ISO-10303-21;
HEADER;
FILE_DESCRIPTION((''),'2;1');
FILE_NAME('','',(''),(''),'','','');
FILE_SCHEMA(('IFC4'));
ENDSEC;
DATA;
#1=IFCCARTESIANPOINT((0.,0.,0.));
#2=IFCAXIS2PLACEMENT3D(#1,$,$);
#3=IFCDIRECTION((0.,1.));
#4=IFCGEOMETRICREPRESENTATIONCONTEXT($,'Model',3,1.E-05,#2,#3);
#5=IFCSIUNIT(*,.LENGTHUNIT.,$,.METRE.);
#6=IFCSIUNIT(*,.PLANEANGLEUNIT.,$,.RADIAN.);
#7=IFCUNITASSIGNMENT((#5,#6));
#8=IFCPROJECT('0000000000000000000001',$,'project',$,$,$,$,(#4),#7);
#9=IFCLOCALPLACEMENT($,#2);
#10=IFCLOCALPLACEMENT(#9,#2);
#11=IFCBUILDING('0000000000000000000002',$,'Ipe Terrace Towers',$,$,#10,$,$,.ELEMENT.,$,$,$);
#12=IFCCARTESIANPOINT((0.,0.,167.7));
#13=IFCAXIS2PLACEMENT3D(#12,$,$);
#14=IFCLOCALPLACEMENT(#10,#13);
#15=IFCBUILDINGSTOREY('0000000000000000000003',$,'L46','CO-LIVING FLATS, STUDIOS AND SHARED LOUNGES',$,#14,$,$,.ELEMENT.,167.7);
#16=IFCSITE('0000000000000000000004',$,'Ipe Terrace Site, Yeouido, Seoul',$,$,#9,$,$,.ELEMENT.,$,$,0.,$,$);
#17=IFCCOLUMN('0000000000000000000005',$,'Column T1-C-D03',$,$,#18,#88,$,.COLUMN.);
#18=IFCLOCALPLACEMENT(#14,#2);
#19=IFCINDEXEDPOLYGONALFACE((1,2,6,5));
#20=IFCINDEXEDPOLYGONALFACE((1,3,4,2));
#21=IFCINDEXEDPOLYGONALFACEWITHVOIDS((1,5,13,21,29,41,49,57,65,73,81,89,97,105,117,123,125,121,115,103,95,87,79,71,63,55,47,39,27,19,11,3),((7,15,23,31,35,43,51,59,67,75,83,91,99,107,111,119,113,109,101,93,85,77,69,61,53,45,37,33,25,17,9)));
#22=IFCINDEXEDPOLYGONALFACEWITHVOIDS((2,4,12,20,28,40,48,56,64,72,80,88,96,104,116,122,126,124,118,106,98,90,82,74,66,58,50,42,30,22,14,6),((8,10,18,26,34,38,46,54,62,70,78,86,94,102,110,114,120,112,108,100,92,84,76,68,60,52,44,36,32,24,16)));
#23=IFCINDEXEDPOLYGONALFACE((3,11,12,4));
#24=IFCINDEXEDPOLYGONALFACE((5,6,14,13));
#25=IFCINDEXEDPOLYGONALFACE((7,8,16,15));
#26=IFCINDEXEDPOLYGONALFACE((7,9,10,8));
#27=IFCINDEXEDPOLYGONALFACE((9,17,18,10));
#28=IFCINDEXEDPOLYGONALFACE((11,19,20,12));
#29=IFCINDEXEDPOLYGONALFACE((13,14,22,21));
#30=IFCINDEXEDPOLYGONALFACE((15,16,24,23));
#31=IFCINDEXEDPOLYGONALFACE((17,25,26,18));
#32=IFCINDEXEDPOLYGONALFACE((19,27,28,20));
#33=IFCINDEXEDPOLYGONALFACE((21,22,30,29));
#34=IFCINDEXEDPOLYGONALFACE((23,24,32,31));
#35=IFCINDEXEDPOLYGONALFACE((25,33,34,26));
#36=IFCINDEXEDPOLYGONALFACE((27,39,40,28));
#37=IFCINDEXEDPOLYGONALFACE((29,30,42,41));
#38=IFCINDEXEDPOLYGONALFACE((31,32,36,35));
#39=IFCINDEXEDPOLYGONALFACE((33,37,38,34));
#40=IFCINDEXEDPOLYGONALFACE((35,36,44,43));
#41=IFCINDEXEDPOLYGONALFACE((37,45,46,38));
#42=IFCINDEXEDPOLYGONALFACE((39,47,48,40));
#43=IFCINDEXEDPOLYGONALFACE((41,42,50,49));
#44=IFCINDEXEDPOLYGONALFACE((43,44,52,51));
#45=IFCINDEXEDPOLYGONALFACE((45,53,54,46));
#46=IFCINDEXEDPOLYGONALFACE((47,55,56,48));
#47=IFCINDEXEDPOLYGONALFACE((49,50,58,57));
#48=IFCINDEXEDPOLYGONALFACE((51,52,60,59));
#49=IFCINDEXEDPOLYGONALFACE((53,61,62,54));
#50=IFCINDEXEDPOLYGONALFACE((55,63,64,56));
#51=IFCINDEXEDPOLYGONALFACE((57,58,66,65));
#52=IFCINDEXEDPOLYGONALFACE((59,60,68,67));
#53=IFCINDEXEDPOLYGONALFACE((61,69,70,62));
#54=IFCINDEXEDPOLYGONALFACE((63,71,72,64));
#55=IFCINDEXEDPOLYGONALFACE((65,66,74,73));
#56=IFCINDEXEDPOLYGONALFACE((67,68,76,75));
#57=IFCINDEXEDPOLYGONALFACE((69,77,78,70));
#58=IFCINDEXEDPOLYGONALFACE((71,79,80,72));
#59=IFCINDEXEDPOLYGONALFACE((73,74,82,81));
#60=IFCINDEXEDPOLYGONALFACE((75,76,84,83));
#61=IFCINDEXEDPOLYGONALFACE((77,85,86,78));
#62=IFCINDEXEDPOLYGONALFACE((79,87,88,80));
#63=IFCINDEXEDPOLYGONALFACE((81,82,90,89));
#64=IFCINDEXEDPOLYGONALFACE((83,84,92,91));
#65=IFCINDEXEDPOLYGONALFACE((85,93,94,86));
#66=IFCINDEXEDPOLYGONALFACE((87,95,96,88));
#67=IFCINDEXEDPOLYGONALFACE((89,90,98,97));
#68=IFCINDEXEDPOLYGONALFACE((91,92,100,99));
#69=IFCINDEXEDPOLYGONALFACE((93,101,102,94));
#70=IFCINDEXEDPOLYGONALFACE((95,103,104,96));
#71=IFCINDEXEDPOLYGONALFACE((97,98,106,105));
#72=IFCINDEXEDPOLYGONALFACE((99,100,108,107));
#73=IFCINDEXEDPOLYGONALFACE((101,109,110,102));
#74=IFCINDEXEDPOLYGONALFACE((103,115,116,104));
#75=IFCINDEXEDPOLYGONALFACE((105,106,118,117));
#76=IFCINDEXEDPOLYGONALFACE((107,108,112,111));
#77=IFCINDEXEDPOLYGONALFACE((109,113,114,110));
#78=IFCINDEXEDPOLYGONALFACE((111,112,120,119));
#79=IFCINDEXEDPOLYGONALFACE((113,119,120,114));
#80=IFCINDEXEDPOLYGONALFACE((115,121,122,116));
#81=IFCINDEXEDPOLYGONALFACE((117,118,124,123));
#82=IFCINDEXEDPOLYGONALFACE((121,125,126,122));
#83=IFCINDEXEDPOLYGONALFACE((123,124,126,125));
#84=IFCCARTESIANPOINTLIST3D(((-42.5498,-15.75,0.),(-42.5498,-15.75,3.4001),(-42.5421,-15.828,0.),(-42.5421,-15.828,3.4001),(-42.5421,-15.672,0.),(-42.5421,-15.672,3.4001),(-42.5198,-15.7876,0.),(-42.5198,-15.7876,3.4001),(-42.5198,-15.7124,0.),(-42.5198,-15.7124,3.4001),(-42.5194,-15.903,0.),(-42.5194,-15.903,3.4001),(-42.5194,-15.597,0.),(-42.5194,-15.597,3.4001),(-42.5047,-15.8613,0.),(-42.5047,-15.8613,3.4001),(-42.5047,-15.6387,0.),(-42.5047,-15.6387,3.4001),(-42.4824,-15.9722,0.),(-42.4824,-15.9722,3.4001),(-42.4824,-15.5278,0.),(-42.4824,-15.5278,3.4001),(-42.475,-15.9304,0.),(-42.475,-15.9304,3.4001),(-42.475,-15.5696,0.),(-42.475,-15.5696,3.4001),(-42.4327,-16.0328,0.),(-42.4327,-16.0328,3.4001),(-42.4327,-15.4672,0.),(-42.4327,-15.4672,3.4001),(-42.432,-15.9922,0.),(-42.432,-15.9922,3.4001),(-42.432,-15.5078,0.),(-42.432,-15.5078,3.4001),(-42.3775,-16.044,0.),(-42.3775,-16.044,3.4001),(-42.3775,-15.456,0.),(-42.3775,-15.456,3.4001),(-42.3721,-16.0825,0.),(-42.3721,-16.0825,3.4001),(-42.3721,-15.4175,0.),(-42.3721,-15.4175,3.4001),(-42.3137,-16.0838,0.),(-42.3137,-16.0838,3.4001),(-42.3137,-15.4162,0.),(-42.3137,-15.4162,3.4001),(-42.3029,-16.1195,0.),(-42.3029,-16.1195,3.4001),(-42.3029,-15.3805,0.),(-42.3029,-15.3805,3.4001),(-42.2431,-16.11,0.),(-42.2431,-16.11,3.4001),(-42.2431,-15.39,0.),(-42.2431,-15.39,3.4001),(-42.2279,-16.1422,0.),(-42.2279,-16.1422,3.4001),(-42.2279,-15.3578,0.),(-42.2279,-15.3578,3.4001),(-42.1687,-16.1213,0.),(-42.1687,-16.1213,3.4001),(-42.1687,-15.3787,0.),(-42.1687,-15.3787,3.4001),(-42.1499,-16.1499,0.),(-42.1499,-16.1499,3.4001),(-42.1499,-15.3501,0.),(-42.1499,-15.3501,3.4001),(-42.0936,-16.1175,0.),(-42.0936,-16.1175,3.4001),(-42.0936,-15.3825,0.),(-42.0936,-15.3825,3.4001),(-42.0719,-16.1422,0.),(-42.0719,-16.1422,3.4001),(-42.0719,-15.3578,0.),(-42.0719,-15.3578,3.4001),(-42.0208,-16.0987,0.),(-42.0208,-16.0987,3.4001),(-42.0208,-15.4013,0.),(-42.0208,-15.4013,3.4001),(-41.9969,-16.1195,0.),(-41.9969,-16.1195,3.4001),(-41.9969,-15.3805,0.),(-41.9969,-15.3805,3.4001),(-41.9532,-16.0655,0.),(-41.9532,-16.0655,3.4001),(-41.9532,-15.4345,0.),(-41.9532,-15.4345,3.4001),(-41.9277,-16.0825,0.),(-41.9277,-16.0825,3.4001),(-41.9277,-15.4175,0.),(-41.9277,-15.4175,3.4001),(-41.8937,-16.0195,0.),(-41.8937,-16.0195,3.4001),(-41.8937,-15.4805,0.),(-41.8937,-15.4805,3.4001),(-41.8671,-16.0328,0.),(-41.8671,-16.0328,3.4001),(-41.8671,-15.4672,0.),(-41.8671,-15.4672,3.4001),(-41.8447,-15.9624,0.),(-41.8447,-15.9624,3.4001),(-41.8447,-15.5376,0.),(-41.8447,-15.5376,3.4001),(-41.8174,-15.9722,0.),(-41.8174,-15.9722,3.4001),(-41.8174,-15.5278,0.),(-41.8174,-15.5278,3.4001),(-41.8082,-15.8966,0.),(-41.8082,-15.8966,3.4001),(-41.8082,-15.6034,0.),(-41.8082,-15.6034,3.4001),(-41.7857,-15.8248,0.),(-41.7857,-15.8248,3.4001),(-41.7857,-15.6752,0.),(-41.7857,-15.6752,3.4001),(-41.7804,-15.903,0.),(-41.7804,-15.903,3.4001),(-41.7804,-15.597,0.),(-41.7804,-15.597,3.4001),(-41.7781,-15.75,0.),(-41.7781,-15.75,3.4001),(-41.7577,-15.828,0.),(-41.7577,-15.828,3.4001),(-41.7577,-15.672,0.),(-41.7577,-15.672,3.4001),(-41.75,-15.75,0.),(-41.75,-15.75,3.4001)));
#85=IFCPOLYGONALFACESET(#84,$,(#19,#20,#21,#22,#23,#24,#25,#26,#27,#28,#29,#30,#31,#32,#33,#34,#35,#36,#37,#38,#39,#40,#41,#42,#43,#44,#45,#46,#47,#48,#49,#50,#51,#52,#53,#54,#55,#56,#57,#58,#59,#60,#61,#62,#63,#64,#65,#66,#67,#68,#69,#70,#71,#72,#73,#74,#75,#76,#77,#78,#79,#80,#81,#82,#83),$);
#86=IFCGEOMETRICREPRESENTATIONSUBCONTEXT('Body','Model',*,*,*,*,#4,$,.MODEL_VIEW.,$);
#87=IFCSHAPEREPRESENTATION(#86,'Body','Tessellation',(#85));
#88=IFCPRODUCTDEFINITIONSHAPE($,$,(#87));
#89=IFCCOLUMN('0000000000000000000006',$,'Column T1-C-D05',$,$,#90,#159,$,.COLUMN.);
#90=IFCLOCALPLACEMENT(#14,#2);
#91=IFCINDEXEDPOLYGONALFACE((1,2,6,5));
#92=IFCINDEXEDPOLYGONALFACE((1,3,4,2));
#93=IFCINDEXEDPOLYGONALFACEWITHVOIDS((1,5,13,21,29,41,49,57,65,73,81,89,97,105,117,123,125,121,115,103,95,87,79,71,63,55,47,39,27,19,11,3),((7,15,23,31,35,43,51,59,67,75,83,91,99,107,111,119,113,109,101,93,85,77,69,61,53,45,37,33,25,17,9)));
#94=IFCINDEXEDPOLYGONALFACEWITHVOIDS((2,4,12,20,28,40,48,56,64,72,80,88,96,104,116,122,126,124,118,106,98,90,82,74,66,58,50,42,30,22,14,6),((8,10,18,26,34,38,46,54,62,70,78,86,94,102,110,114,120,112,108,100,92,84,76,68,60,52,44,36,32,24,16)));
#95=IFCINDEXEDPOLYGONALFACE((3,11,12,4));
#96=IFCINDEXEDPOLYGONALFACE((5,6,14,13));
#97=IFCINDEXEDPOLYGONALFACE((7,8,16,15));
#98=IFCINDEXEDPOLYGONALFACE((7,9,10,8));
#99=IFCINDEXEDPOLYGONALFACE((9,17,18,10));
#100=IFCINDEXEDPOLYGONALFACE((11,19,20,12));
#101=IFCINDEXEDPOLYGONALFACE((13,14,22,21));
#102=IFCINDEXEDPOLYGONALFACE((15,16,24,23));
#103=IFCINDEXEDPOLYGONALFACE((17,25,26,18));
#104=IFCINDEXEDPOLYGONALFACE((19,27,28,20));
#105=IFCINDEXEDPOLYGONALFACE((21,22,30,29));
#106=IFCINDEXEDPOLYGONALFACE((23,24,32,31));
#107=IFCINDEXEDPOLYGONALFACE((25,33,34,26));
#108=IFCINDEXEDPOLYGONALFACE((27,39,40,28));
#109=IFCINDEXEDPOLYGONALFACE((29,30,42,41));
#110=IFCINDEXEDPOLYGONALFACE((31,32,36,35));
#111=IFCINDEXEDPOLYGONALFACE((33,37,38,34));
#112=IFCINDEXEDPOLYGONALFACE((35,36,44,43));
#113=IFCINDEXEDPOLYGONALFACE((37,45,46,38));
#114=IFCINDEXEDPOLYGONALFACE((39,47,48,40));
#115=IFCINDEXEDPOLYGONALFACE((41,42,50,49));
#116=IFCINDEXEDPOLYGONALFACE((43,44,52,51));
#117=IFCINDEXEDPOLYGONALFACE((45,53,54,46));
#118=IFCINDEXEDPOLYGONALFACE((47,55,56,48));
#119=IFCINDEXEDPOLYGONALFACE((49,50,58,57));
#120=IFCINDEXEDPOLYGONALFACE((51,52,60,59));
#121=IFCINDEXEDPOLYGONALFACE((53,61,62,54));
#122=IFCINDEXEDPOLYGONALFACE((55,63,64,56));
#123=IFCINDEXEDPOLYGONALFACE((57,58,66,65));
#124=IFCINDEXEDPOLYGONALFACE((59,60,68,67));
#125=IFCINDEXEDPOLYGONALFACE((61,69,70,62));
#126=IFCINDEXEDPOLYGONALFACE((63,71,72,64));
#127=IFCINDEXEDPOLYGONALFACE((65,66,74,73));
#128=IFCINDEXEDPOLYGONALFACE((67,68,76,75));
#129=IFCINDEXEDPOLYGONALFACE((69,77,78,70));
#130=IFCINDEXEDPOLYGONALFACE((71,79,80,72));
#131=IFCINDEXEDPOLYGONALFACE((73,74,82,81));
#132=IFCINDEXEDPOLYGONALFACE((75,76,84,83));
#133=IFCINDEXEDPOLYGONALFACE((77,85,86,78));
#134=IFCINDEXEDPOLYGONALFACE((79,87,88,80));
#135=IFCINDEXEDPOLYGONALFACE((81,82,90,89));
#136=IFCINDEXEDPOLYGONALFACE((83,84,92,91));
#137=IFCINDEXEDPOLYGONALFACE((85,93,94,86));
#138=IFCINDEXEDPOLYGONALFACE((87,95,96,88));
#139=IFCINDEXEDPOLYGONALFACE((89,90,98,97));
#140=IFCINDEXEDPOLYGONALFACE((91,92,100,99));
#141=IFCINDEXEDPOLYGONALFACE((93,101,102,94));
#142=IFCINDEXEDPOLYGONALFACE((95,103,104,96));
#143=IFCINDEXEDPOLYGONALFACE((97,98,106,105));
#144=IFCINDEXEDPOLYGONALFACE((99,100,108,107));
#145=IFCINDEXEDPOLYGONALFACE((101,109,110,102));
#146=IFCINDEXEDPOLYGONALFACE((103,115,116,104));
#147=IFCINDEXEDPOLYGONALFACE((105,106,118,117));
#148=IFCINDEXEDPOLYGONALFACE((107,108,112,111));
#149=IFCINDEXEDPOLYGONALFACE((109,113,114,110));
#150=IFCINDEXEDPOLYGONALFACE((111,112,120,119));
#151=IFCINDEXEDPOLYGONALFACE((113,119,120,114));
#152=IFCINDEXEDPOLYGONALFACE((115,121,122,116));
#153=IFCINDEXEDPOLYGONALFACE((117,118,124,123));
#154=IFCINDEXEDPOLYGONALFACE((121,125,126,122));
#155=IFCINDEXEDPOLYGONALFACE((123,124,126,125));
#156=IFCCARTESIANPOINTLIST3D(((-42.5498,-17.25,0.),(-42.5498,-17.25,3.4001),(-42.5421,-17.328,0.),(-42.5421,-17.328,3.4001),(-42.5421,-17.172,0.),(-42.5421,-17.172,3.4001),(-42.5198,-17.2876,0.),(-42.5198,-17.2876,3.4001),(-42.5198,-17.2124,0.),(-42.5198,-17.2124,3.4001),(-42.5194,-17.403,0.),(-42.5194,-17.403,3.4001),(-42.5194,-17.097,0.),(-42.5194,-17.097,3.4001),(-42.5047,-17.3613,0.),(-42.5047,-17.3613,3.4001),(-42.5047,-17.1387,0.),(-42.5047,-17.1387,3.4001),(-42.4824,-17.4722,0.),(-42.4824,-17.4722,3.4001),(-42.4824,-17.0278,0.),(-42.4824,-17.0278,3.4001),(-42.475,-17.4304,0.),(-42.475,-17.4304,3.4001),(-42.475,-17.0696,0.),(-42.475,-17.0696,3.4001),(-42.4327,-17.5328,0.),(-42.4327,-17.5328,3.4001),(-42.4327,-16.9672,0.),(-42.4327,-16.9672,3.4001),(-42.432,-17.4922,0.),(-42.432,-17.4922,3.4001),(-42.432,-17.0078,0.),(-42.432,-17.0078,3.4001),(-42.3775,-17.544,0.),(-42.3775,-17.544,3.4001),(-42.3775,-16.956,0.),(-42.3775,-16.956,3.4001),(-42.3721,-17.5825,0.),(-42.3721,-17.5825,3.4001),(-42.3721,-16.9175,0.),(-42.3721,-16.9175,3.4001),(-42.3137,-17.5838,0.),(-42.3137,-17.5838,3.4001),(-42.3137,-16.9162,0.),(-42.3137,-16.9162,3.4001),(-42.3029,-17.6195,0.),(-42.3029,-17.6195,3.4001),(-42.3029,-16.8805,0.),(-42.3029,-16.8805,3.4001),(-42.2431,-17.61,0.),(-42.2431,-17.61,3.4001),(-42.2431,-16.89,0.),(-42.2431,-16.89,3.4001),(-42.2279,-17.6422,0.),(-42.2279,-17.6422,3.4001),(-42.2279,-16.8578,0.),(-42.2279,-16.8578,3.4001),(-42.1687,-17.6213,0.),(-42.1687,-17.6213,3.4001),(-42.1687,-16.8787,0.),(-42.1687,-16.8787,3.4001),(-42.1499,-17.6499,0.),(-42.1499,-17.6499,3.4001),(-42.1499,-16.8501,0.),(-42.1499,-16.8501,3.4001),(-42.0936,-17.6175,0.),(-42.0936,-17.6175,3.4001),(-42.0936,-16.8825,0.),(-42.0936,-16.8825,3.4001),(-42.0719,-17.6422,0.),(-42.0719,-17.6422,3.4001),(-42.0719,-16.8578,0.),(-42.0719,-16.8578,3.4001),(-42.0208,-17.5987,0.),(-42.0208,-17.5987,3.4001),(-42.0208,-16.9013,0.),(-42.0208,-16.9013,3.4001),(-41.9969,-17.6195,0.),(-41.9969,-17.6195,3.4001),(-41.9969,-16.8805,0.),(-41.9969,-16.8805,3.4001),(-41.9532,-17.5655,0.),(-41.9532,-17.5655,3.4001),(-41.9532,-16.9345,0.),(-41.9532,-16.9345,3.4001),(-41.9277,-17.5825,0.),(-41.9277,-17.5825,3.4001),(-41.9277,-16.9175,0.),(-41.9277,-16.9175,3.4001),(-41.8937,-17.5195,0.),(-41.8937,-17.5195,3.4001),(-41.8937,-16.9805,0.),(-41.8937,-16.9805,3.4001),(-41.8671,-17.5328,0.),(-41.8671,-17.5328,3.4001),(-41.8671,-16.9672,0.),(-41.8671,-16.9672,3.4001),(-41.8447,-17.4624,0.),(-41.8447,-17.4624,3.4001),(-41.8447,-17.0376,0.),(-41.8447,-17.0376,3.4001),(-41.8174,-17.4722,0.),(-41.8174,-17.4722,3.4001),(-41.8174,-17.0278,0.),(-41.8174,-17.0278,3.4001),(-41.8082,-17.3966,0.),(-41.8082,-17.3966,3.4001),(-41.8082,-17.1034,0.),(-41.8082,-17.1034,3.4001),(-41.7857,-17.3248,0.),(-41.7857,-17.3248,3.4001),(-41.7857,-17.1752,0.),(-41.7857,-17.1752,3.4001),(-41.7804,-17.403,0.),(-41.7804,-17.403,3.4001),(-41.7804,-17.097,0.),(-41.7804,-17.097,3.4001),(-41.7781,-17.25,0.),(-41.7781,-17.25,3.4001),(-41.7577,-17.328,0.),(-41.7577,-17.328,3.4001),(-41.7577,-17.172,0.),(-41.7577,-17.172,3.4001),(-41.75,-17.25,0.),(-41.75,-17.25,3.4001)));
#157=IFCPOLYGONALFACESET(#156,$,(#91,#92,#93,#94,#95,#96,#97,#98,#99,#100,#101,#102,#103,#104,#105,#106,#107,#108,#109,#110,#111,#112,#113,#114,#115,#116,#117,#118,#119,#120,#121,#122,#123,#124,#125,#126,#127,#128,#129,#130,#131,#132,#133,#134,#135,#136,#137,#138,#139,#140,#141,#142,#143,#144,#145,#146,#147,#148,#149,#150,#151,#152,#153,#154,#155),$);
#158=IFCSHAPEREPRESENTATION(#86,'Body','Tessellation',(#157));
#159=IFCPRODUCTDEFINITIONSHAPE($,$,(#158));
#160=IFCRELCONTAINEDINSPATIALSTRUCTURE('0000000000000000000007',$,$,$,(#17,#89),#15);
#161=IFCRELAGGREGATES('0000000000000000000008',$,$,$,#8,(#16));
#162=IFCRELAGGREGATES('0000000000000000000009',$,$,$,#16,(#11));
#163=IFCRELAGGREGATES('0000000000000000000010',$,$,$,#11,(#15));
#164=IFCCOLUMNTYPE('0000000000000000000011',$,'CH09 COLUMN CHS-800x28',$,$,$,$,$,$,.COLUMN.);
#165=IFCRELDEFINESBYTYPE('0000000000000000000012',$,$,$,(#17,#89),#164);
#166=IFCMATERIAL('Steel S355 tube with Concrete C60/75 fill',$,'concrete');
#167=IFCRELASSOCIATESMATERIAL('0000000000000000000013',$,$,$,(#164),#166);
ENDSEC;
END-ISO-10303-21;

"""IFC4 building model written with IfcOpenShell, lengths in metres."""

from ifc_helpers import new_model, si_unit, direction, frame, origin, origin_2d, place, context, subcontext, project, spatial, hollow_circle, extrude, material, material_profile, profile_set, type_object, element, save


model = new_model("IFC4")

# Units and contexts
model_context = context("Model", 3, precision=1e-05, world=origin(), true_north=direction((0.0, 1.0)))
body_context = subcontext(model_context, "Body", "Model", "MODEL_VIEW")
ifc_project = project(units=[si_unit("LENGTHUNIT", "METRE"), si_unit("PLANEANGLEUNIT", "RADIAN")], contexts=[model_context])

# Site, building, storey
site_placement = place(None, origin())
site = spatial("IfcSite", under=ifc_project, at=site_placement, Name="Ipe Terrace Site, Yeouido, Seoul", CompositionType="ELEMENT", RefElevation=0.0)
building_placement = place(site_placement, origin())
building = spatial("IfcBuilding", under=site, at=building_placement, Name="Ipe Terrace Towers", CompositionType="ELEMENT")
storey_placement = place(building_placement, frame((0.0, 0.0, 167.7)))
storey = spatial("IfcBuildingStorey", under=building, at=storey_placement, Name="L46", Description="CO-LIVING FLATS, STUDIOS AND SHARED LOUNGES", CompositionType="ELEMENT", Elevation=167.7)

# Columns
ifc_material_1 = material(Name="Steel S355 tube with Concrete C60/75 fill", Category="concrete")
ifc_material_profile_1 = material_profile(ifc_material_1, hollow_circle(Radius=0.3999, WallThickness=0.0281, at=origin_2d()), Name="CHS-800x28")
ifc_profile_set_1 = profile_set([ifc_material_profile_1], Name="Steel S355 tube with Concrete C60/75 fill")
column_type_1 = type_object("IfcColumnType", Name="CH09 COLUMN CHS-800x28", PredefinedType="COLUMN", material=ifc_profile_set_1)
for number, where, z_axis, x_axis, name in (
    (1, (-42.1499, -15.75, 0.0), (0.0, 0.0, 1.0), (1.0, 0.0, 0.0), "Column T1-C-D03"),
    (2, (-42.1499, -17.25, 0.0), (0.0, 0.0, 1.0), (1.0, 0.0, 0.0), "Column T1-C-D05"),
):
    element("IfcColumn", number, at=place(storey_placement, frame(where, z_axis=z_axis, x_axis=x_axis)), inside=storey, type_object=column_type_1, Name=name, PredefinedType="COLUMN", context=body_context, shape_type="SweptSolid", body=[
        extrude(hollow_circle(Radius=0.3999, WallThickness=0.0281, at=origin_2d()), origin(), (0.0, 0.0, 1.0), 3.4001),
    ])

save(model, "model.ifc")
